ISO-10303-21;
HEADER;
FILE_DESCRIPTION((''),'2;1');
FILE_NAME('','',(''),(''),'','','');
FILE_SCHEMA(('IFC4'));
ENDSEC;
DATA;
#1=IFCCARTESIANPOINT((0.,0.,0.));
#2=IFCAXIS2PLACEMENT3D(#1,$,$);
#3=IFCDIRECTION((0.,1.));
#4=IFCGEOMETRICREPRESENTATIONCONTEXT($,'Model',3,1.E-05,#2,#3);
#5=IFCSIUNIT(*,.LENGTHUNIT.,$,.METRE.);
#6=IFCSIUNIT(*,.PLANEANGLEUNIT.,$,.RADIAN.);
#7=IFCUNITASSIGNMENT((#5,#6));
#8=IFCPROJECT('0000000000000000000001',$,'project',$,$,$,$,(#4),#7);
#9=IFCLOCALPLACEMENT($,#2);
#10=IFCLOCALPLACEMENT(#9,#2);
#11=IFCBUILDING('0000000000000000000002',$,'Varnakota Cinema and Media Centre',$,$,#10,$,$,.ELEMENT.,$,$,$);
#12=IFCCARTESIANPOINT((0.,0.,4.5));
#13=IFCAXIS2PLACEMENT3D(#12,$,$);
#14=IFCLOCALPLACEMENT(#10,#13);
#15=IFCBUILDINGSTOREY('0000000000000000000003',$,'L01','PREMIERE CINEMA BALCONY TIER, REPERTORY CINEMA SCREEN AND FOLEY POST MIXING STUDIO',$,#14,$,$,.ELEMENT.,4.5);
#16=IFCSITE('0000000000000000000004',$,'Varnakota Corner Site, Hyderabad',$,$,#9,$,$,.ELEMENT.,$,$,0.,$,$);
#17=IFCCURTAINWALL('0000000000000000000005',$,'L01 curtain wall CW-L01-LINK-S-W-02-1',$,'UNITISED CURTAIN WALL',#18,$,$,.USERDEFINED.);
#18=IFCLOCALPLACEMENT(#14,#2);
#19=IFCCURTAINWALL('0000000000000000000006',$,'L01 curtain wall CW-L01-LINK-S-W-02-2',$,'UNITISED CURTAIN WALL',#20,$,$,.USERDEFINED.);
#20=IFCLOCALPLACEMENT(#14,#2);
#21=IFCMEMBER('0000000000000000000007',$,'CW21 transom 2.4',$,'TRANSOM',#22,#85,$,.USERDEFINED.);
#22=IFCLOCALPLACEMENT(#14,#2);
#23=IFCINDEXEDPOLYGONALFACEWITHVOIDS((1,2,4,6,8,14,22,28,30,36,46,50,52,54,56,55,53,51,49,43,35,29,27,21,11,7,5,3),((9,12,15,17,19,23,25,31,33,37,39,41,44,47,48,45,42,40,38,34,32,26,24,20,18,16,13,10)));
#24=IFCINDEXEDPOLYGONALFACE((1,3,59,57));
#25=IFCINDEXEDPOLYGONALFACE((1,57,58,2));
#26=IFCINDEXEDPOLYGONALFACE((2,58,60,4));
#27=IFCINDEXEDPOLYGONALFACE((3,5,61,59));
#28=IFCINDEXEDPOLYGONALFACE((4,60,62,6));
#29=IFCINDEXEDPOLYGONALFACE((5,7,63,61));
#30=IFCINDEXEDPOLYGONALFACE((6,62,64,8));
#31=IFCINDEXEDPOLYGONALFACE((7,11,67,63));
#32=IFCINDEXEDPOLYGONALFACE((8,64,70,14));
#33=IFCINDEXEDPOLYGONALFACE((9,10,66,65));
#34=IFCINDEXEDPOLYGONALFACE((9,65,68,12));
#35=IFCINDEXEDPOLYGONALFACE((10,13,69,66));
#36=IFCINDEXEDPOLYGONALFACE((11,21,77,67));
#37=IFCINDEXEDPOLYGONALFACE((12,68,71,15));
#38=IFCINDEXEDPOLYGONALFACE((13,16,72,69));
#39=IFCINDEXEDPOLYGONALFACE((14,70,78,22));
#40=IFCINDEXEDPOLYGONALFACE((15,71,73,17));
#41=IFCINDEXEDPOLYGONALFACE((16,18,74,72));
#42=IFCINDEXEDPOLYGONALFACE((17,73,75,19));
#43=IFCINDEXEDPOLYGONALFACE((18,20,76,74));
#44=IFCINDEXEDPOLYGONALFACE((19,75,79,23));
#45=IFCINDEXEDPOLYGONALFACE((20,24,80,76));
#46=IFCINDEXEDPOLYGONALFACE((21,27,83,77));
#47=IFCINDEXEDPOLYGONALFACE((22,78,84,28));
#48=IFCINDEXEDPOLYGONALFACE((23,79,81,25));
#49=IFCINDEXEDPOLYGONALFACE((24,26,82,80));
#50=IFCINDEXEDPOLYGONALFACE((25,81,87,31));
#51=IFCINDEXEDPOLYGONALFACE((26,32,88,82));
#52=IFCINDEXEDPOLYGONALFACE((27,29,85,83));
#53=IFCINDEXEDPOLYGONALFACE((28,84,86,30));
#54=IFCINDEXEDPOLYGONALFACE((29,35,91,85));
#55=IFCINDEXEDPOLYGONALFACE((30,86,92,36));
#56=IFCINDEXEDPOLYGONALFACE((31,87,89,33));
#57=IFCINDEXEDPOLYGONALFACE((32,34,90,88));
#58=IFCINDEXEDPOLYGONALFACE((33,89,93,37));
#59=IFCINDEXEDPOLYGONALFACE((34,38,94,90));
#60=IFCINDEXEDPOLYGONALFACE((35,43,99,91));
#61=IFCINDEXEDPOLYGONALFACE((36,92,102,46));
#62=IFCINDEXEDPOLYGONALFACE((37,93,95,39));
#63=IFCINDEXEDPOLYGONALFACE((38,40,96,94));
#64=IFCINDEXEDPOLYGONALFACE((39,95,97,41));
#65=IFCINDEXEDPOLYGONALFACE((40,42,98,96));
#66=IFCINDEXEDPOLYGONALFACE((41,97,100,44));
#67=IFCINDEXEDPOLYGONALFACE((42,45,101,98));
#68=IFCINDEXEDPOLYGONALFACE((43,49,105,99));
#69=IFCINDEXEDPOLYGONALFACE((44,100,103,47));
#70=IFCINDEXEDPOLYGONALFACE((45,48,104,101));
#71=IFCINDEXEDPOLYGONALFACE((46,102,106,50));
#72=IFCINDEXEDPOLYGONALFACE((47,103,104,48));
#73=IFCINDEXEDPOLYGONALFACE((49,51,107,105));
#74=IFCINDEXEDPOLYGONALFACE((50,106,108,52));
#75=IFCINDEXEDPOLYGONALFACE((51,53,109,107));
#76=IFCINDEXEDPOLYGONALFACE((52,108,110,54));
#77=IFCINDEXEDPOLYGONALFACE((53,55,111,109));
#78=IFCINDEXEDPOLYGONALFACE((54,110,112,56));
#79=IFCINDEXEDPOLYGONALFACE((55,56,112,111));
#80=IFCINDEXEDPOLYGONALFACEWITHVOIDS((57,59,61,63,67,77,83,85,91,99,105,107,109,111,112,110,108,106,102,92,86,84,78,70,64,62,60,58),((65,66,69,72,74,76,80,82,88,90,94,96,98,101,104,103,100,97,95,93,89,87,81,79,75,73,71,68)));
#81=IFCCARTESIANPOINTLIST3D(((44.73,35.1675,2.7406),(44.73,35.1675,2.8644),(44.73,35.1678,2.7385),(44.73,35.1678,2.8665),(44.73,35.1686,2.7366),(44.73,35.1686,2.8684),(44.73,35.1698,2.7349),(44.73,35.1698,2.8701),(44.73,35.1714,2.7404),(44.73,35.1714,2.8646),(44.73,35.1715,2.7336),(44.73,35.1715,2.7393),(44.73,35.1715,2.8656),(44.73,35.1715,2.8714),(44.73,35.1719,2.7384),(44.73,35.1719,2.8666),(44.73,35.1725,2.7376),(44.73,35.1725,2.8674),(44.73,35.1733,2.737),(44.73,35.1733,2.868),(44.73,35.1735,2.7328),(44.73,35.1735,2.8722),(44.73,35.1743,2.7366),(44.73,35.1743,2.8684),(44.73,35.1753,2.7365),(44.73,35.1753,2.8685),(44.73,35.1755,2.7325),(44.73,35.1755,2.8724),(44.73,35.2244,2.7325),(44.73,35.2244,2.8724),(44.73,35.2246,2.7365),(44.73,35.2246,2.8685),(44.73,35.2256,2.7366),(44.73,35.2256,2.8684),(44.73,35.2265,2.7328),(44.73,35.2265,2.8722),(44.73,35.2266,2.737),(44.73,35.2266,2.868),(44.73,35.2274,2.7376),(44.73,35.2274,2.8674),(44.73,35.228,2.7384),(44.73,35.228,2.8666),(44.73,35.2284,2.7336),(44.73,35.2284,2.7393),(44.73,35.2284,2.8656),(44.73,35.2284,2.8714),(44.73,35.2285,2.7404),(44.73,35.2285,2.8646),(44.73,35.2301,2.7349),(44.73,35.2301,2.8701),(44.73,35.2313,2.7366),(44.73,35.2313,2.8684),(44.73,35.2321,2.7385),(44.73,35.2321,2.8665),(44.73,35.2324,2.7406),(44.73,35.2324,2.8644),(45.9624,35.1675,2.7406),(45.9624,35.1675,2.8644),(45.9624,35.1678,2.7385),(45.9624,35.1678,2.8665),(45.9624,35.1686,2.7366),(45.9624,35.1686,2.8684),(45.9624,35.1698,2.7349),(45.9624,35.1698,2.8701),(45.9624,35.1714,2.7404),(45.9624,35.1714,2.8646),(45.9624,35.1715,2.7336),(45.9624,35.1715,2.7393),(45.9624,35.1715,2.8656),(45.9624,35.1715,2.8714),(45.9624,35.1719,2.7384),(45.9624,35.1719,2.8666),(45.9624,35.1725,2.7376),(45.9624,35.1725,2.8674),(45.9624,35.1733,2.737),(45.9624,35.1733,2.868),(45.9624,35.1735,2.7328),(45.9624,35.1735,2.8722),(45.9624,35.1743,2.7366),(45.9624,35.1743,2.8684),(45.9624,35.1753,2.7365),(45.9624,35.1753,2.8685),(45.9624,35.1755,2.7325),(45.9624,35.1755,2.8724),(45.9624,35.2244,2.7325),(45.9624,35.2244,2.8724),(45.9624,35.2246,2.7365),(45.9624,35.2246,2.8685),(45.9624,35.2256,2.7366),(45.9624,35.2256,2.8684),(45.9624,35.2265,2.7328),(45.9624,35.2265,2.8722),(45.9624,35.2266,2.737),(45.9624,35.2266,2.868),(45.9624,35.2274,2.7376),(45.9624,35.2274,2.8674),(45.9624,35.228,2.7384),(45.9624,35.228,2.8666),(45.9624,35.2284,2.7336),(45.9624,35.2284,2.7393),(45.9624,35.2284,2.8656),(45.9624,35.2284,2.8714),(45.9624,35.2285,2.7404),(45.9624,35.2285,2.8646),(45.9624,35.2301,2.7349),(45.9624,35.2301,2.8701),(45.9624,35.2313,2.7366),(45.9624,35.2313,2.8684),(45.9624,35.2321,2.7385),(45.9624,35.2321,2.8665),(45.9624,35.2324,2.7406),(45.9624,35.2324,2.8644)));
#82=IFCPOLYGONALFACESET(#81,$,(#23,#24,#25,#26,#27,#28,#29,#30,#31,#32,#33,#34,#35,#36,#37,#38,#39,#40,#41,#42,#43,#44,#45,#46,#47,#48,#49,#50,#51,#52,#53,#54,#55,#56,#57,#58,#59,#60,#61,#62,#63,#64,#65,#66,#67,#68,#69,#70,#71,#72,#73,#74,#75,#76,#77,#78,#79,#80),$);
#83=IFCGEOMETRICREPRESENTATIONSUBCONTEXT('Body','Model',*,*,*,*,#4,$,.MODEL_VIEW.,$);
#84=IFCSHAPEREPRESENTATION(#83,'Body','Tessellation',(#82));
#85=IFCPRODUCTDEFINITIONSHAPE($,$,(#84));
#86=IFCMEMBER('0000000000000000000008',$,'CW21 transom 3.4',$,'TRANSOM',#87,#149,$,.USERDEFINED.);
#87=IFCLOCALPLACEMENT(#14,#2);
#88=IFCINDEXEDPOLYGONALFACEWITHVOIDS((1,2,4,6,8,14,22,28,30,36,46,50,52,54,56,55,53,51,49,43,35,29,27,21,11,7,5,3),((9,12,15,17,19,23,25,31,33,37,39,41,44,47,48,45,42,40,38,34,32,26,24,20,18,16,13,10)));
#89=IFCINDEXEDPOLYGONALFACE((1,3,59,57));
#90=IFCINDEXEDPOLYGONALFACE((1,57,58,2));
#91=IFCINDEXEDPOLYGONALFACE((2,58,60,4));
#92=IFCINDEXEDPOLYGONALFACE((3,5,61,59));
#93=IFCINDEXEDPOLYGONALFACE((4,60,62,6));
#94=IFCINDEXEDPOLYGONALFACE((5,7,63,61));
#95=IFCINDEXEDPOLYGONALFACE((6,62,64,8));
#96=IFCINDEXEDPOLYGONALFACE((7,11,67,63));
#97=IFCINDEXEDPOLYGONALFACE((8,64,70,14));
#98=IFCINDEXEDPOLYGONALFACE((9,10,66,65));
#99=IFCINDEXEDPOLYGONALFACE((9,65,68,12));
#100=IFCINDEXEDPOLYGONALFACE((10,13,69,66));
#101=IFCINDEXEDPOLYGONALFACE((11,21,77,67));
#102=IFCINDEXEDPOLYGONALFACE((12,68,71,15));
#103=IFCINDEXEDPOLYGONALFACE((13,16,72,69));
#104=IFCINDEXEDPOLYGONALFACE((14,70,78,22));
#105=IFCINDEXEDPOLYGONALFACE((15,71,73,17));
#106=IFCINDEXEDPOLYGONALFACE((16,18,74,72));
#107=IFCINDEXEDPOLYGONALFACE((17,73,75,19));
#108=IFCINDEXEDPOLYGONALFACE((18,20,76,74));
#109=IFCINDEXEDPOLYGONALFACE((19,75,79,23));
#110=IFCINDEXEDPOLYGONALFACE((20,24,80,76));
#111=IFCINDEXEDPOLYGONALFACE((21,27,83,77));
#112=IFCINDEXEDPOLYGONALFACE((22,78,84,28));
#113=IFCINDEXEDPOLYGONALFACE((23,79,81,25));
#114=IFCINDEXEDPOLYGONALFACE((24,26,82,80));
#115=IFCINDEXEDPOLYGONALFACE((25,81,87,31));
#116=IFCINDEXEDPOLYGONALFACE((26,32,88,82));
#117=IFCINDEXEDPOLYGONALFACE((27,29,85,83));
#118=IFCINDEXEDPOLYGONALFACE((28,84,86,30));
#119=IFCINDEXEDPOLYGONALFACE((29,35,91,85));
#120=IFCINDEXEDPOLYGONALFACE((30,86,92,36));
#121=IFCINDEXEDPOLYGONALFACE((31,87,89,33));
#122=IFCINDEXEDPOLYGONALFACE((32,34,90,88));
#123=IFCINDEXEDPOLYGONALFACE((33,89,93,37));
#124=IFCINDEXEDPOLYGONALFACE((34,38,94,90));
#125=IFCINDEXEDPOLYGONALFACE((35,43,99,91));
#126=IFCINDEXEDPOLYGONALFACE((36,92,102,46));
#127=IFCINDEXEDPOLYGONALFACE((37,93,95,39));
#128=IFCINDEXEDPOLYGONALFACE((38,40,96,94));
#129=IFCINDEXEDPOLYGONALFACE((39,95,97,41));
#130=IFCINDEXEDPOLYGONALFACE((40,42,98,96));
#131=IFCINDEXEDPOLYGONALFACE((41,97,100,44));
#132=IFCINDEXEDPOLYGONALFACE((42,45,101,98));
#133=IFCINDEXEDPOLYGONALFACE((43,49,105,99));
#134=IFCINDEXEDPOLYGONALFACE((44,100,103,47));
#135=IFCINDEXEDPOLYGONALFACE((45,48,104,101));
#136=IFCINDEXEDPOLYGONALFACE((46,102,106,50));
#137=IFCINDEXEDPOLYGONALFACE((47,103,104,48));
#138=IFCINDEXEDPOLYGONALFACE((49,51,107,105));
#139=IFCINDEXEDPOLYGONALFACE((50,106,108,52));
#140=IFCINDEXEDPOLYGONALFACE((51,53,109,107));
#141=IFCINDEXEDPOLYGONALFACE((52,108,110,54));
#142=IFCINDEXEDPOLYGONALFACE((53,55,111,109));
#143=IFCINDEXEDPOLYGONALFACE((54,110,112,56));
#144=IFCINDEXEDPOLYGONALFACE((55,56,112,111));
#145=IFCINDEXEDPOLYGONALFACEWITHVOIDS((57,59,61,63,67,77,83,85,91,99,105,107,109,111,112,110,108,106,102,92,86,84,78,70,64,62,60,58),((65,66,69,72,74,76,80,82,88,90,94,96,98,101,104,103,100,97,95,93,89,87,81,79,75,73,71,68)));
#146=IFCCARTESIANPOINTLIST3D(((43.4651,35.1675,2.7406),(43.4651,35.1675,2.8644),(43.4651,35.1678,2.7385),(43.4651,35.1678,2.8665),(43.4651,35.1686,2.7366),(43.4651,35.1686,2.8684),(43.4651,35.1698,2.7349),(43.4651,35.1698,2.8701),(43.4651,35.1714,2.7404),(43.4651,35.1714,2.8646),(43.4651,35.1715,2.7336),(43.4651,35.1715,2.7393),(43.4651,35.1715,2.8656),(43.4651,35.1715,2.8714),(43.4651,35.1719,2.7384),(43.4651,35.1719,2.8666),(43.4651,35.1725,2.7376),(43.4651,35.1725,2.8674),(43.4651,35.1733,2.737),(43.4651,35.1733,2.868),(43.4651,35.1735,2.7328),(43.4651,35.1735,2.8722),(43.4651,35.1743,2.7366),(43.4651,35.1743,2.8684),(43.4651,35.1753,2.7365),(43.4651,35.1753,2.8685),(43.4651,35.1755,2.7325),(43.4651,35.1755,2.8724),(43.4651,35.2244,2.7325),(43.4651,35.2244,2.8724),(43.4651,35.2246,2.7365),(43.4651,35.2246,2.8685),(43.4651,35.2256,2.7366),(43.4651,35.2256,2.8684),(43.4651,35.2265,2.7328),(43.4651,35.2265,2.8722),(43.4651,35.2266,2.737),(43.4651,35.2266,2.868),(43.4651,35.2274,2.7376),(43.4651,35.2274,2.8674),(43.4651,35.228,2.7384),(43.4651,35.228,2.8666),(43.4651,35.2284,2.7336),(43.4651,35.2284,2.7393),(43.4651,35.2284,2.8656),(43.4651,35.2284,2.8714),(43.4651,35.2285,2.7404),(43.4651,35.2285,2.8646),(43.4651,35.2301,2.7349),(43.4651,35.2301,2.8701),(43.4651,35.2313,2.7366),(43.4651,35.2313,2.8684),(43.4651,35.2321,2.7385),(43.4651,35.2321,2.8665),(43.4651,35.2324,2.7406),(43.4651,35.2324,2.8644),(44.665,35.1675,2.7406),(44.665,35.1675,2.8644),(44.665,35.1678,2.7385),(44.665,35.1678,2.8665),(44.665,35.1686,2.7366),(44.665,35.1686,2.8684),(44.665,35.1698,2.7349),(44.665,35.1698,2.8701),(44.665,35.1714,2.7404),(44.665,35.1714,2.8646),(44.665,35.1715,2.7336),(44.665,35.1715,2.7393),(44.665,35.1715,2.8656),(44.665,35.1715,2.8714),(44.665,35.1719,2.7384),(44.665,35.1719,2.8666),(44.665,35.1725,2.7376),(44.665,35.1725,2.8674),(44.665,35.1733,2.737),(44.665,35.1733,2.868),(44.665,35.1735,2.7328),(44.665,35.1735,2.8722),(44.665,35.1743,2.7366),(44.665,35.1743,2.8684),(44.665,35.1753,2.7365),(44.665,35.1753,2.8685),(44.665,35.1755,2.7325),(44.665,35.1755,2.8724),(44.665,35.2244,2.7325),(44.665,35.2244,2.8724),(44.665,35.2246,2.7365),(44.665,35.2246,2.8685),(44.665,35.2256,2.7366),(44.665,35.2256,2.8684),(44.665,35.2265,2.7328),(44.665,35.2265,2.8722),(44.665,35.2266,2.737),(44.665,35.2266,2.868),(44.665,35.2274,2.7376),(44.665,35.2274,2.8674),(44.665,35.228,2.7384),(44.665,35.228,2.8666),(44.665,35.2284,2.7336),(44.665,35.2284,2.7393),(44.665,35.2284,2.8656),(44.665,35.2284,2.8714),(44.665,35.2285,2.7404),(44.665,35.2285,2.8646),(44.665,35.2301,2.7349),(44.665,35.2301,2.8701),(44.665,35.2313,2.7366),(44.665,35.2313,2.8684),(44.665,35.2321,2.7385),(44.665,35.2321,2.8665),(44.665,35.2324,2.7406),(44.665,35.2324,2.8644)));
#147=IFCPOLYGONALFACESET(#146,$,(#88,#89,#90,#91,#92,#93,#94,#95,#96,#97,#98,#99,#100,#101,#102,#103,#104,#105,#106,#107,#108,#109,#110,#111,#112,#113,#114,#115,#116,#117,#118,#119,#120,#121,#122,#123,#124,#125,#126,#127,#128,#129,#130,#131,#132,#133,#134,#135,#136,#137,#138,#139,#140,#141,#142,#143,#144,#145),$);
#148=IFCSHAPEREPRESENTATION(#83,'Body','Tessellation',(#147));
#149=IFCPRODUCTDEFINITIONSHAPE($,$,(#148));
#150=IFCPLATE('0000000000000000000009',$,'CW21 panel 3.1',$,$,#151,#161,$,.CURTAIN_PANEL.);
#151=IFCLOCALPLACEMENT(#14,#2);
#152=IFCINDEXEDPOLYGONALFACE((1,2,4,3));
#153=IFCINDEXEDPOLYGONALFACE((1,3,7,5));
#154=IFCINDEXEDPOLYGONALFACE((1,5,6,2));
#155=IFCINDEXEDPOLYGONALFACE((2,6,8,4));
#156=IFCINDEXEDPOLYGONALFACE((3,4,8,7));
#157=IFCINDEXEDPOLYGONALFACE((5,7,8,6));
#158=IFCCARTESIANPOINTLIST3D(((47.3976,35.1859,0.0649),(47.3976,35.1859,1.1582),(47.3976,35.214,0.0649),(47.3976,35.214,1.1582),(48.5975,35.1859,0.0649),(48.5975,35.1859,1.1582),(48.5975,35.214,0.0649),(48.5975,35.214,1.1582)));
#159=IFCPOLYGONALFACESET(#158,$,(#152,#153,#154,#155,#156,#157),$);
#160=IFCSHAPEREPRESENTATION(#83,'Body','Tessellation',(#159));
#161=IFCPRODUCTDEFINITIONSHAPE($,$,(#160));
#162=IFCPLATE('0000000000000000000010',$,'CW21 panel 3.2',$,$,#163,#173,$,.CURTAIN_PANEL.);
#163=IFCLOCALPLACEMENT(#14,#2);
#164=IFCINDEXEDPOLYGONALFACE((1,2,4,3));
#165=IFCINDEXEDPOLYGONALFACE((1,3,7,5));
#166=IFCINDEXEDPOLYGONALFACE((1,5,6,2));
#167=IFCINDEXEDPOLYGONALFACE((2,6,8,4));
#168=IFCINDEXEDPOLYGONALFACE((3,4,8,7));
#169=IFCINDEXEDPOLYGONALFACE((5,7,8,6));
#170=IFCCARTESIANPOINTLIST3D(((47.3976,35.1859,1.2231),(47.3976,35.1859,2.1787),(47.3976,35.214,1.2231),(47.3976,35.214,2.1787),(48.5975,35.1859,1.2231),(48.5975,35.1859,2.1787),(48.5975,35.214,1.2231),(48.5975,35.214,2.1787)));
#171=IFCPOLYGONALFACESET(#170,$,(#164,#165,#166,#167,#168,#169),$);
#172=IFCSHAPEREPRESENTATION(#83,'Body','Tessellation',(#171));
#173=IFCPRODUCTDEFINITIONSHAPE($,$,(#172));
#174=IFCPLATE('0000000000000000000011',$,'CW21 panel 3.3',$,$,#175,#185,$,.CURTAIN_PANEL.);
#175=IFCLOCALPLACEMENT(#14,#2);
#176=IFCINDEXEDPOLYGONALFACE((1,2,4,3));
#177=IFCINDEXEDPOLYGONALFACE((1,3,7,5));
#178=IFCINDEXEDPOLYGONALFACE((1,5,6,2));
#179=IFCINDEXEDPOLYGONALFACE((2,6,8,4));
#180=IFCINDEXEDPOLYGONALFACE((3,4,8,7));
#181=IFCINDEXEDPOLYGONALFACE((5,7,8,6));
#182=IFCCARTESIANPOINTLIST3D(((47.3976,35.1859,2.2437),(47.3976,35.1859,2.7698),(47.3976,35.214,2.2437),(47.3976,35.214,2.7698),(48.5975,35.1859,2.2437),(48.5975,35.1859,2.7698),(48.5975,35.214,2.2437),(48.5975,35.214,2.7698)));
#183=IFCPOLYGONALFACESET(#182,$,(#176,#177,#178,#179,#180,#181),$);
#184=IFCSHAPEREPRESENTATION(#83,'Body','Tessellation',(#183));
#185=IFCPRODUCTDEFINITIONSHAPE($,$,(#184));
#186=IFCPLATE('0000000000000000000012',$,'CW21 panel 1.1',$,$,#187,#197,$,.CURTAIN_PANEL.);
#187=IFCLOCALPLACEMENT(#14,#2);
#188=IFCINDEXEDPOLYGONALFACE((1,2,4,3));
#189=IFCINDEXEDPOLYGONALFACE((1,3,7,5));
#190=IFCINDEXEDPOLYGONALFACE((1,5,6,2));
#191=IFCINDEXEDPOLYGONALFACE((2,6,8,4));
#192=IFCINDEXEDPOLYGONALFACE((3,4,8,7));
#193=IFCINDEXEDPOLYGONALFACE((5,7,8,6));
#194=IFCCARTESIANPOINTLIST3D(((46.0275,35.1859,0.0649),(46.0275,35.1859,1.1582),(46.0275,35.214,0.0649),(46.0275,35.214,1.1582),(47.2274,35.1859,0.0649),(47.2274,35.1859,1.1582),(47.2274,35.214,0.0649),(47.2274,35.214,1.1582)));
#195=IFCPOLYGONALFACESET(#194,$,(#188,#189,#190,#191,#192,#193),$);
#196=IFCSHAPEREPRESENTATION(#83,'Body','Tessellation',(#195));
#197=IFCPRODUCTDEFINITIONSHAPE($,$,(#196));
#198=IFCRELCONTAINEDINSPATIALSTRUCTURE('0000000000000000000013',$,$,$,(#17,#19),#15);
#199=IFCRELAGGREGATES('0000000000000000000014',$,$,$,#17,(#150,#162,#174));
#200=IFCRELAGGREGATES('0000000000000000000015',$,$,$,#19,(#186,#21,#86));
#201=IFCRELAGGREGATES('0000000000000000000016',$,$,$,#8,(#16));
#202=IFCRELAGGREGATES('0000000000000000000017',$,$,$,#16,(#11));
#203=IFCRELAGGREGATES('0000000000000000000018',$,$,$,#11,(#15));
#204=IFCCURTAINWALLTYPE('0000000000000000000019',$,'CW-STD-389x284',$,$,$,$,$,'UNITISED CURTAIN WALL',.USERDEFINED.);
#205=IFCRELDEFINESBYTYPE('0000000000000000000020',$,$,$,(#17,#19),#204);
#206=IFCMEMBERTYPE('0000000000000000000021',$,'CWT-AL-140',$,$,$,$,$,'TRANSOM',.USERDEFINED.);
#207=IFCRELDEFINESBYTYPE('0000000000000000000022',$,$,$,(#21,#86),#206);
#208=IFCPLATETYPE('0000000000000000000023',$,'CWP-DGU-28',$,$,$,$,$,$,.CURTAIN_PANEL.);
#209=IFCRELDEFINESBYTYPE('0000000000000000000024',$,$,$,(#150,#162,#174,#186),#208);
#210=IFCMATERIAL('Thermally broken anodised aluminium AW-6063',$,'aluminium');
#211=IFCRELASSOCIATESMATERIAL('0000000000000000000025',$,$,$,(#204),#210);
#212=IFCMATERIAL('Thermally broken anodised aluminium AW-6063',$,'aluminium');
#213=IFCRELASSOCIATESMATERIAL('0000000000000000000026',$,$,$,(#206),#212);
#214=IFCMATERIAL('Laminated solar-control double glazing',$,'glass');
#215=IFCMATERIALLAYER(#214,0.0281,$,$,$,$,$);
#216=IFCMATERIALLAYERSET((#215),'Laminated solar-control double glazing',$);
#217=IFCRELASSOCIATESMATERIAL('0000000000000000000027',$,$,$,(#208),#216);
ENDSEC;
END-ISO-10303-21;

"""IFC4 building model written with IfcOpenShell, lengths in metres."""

from ifc_helpers import new_model, si_unit, direction, frame, origin, origin_2d, place, context, subcontext, project, spatial, rectangle, hollow_rectangle, extrude, material, layer, layer_set, material_profile, profile_set, type_object, element, aggregate, save


model = new_model("IFC4")

# Units and contexts
model_context = context("Model", 3, precision=1e-05, world=origin(), true_north=direction((0.0, 1.0)))
body_context = subcontext(model_context, "Body", "Model", "MODEL_VIEW")
ifc_project = project(units=[si_unit("LENGTHUNIT", "METRE"), si_unit("PLANEANGLEUNIT", "RADIAN")], contexts=[model_context])

# Site, building, storey
site_placement = place(None, origin())
site = spatial("IfcSite", under=ifc_project, at=site_placement, Name="Varnakota Corner Site, Hyderabad", CompositionType="ELEMENT", RefElevation=0.0)
building_placement = place(site_placement, origin())
building = spatial("IfcBuilding", under=site, at=building_placement, Name="Varnakota Cinema and Media Centre", CompositionType="ELEMENT")
storey_placement = place(building_placement, frame((0.0, 0.0, 4.5)))
storey = spatial("IfcBuildingStorey", under=building, at=storey_placement, Name="L01", Description="PREMIERE CINEMA BALCONY TIER, REPERTORY CINEMA SCREEN AND FOLEY POST MIXING STUDIO", CompositionType="ELEMENT", Elevation=4.5)

# Curtain walls
ifc_material_1 = material(Name="Thermally broken anodised aluminium AW-6063", Category="aluminium")
curtain_wall_type = type_object("IfcCurtainWallType", Name="CW-STD-389x284", ElementType="UNITISED CURTAIN WALL", PredefinedType="USERDEFINED", material=ifc_material_1)
curtain_wall_1_placement = place(storey_placement, origin())
curtain_wall_1 = element("IfcCurtainWall", 1, at=curtain_wall_1_placement, inside=storey, type_object=curtain_wall_type, Name="L01 curtain wall CW-L01-LINK-S-W-02-1", ObjectType="UNITISED CURTAIN WALL", PredefinedType="USERDEFINED")
curtain_wall_2_placement = place(storey_placement, origin())
curtain_wall_2 = element("IfcCurtainWall", 2, at=curtain_wall_2_placement, inside=storey, type_object=curtain_wall_type, Name="L01 curtain wall CW-L01-LINK-S-W-02-2", ObjectType="UNITISED CURTAIN WALL", PredefinedType="USERDEFINED")

# Members
ifc_material_2 = material(Name="Thermally broken anodised aluminium AW-6063", Category="aluminium")
ifc_material_profile_1 = material_profile(ifc_material_2, hollow_rectangle(XDim=0.0649, YDim=0.1399, WallThickness=0.0039, InnerFilletRadius=0.0039, OuterFilletRadius=0.0081, at=origin_2d()), Name="AL-TRANSOM 140x65x4")
ifc_profile_set_1 = profile_set([ifc_material_profile_1], Name="Thermally broken anodised aluminium AW-6063")
member_type_1 = type_object("IfcMemberType", Name="CWT-AL-140", ElementType="TRANSOM", PredefinedType="USERDEFINED", material=ifc_profile_set_1)
member_1_placement = place(storey_placement, frame((45.9624, 35.2, 2.8025), z_axis=(-1.0, 0.0, 0.0), x_axis=(0.0, -1.0, 0.0)))
member_1 = element("IfcMember", 3, at=member_1_placement, type_object=member_type_1, Name="CW21 transom 2.4", ObjectType="TRANSOM", PredefinedType="USERDEFINED", context=body_context, shape_type="SweptSolid", body=[
    extrude(hollow_rectangle(XDim=0.0649, YDim=0.1399, WallThickness=0.0039, InnerFilletRadius=0.0039, OuterFilletRadius=0.0081, at=origin_2d()), origin(), (0.0, 0.0, 1.0), 1.2324),
])
member_2_placement = place(storey_placement, frame((44.665, 35.2, 2.8025), z_axis=(-1.0, 0.0, 0.0), x_axis=(0.0, -1.0, 0.0)))
member_2 = element("IfcMember", 4, at=member_2_placement, type_object=member_type_1, Name="CW21 transom 3.4", ObjectType="TRANSOM", PredefinedType="USERDEFINED", context=body_context, shape_type="SweptSolid", body=[
    extrude(hollow_rectangle(XDim=0.0649, YDim=0.1399, WallThickness=0.0039, InnerFilletRadius=0.0039, OuterFilletRadius=0.0081, at=origin_2d()), origin(), (0.0, 0.0, 1.0), 1.2),
])

# Plates
ifc_material_3 = material(Name="Laminated solar-control double glazing", Category="glass")
ifc_layer = layer(ifc_material_3, 0.0281)
ifc_layer_set = layer_set([ifc_layer], Name="Laminated solar-control double glazing")
plate_type = type_object("IfcPlateType", Name="CWP-DGU-28", PredefinedType="CURTAIN_PANEL", material=ifc_layer_set)
plate_1_placement = place(storey_placement, frame((47.9976, 35.2, 0.0649), z_axis=(0.0, 0.0, 1.0), x_axis=(-1.0, 0.0, 0.0)))
plate_1 = element("IfcPlate", 5, at=plate_1_placement, type_object=plate_type, Name="CW21 panel 3.1", PredefinedType="CURTAIN_PANEL", context=body_context, shape_type="SweptSolid", body=[
    extrude(rectangle(XDim=1.2, YDim=0.0281, at=origin_2d()), origin(), (0.0, 0.0, 1.0), 1.0933),
])
plate_2_placement = place(storey_placement, frame((47.9976, 35.2, 1.2231), z_axis=(0.0, 0.0, 1.0), x_axis=(-1.0, 0.0, 0.0)))
plate_2 = element("IfcPlate", 6, at=plate_2_placement, type_object=plate_type, Name="CW21 panel 3.2", PredefinedType="CURTAIN_PANEL", context=body_context, shape_type="SweptSolid", body=[
    extrude(rectangle(XDim=1.2, YDim=0.0281, at=origin_2d()), origin(), (0.0, 0.0, 1.0), 0.9556),
])
plate_3_placement = place(storey_placement, frame((47.9976, 35.2, 2.2437), z_axis=(0.0, 0.0, 1.0), x_axis=(-1.0, 0.0, 0.0)))
plate_3 = element("IfcPlate", 7, at=plate_3_placement, type_object=plate_type, Name="CW21 panel 3.3", PredefinedType="CURTAIN_PANEL", context=body_context, shape_type="SweptSolid", body=[
    extrude(rectangle(XDim=1.2, YDim=0.0281, at=origin_2d()), origin(), (0.0, 0.0, 1.0), 0.5261),
])
aggregate(curtain_wall_1, [plate_1, plate_2, plate_3])
plate_4_placement = place(storey_placement, frame((46.6274, 35.2, 0.0649), z_axis=(0.0, 0.0, 1.0), x_axis=(-1.0, 0.0, 0.0)))
plate_4 = element("IfcPlate", 8, at=plate_4_placement, type_object=plate_type, Name="CW21 panel 1.1", PredefinedType="CURTAIN_PANEL", context=body_context, shape_type="SweptSolid", body=[
    extrude(rectangle(XDim=1.2, YDim=0.0281, at=origin_2d()), origin(), (0.0, 0.0, 1.0), 1.0933),
])
aggregate(curtain_wall_2, [plate_4, member_1, member_2])

save(model, "model.ifc")
